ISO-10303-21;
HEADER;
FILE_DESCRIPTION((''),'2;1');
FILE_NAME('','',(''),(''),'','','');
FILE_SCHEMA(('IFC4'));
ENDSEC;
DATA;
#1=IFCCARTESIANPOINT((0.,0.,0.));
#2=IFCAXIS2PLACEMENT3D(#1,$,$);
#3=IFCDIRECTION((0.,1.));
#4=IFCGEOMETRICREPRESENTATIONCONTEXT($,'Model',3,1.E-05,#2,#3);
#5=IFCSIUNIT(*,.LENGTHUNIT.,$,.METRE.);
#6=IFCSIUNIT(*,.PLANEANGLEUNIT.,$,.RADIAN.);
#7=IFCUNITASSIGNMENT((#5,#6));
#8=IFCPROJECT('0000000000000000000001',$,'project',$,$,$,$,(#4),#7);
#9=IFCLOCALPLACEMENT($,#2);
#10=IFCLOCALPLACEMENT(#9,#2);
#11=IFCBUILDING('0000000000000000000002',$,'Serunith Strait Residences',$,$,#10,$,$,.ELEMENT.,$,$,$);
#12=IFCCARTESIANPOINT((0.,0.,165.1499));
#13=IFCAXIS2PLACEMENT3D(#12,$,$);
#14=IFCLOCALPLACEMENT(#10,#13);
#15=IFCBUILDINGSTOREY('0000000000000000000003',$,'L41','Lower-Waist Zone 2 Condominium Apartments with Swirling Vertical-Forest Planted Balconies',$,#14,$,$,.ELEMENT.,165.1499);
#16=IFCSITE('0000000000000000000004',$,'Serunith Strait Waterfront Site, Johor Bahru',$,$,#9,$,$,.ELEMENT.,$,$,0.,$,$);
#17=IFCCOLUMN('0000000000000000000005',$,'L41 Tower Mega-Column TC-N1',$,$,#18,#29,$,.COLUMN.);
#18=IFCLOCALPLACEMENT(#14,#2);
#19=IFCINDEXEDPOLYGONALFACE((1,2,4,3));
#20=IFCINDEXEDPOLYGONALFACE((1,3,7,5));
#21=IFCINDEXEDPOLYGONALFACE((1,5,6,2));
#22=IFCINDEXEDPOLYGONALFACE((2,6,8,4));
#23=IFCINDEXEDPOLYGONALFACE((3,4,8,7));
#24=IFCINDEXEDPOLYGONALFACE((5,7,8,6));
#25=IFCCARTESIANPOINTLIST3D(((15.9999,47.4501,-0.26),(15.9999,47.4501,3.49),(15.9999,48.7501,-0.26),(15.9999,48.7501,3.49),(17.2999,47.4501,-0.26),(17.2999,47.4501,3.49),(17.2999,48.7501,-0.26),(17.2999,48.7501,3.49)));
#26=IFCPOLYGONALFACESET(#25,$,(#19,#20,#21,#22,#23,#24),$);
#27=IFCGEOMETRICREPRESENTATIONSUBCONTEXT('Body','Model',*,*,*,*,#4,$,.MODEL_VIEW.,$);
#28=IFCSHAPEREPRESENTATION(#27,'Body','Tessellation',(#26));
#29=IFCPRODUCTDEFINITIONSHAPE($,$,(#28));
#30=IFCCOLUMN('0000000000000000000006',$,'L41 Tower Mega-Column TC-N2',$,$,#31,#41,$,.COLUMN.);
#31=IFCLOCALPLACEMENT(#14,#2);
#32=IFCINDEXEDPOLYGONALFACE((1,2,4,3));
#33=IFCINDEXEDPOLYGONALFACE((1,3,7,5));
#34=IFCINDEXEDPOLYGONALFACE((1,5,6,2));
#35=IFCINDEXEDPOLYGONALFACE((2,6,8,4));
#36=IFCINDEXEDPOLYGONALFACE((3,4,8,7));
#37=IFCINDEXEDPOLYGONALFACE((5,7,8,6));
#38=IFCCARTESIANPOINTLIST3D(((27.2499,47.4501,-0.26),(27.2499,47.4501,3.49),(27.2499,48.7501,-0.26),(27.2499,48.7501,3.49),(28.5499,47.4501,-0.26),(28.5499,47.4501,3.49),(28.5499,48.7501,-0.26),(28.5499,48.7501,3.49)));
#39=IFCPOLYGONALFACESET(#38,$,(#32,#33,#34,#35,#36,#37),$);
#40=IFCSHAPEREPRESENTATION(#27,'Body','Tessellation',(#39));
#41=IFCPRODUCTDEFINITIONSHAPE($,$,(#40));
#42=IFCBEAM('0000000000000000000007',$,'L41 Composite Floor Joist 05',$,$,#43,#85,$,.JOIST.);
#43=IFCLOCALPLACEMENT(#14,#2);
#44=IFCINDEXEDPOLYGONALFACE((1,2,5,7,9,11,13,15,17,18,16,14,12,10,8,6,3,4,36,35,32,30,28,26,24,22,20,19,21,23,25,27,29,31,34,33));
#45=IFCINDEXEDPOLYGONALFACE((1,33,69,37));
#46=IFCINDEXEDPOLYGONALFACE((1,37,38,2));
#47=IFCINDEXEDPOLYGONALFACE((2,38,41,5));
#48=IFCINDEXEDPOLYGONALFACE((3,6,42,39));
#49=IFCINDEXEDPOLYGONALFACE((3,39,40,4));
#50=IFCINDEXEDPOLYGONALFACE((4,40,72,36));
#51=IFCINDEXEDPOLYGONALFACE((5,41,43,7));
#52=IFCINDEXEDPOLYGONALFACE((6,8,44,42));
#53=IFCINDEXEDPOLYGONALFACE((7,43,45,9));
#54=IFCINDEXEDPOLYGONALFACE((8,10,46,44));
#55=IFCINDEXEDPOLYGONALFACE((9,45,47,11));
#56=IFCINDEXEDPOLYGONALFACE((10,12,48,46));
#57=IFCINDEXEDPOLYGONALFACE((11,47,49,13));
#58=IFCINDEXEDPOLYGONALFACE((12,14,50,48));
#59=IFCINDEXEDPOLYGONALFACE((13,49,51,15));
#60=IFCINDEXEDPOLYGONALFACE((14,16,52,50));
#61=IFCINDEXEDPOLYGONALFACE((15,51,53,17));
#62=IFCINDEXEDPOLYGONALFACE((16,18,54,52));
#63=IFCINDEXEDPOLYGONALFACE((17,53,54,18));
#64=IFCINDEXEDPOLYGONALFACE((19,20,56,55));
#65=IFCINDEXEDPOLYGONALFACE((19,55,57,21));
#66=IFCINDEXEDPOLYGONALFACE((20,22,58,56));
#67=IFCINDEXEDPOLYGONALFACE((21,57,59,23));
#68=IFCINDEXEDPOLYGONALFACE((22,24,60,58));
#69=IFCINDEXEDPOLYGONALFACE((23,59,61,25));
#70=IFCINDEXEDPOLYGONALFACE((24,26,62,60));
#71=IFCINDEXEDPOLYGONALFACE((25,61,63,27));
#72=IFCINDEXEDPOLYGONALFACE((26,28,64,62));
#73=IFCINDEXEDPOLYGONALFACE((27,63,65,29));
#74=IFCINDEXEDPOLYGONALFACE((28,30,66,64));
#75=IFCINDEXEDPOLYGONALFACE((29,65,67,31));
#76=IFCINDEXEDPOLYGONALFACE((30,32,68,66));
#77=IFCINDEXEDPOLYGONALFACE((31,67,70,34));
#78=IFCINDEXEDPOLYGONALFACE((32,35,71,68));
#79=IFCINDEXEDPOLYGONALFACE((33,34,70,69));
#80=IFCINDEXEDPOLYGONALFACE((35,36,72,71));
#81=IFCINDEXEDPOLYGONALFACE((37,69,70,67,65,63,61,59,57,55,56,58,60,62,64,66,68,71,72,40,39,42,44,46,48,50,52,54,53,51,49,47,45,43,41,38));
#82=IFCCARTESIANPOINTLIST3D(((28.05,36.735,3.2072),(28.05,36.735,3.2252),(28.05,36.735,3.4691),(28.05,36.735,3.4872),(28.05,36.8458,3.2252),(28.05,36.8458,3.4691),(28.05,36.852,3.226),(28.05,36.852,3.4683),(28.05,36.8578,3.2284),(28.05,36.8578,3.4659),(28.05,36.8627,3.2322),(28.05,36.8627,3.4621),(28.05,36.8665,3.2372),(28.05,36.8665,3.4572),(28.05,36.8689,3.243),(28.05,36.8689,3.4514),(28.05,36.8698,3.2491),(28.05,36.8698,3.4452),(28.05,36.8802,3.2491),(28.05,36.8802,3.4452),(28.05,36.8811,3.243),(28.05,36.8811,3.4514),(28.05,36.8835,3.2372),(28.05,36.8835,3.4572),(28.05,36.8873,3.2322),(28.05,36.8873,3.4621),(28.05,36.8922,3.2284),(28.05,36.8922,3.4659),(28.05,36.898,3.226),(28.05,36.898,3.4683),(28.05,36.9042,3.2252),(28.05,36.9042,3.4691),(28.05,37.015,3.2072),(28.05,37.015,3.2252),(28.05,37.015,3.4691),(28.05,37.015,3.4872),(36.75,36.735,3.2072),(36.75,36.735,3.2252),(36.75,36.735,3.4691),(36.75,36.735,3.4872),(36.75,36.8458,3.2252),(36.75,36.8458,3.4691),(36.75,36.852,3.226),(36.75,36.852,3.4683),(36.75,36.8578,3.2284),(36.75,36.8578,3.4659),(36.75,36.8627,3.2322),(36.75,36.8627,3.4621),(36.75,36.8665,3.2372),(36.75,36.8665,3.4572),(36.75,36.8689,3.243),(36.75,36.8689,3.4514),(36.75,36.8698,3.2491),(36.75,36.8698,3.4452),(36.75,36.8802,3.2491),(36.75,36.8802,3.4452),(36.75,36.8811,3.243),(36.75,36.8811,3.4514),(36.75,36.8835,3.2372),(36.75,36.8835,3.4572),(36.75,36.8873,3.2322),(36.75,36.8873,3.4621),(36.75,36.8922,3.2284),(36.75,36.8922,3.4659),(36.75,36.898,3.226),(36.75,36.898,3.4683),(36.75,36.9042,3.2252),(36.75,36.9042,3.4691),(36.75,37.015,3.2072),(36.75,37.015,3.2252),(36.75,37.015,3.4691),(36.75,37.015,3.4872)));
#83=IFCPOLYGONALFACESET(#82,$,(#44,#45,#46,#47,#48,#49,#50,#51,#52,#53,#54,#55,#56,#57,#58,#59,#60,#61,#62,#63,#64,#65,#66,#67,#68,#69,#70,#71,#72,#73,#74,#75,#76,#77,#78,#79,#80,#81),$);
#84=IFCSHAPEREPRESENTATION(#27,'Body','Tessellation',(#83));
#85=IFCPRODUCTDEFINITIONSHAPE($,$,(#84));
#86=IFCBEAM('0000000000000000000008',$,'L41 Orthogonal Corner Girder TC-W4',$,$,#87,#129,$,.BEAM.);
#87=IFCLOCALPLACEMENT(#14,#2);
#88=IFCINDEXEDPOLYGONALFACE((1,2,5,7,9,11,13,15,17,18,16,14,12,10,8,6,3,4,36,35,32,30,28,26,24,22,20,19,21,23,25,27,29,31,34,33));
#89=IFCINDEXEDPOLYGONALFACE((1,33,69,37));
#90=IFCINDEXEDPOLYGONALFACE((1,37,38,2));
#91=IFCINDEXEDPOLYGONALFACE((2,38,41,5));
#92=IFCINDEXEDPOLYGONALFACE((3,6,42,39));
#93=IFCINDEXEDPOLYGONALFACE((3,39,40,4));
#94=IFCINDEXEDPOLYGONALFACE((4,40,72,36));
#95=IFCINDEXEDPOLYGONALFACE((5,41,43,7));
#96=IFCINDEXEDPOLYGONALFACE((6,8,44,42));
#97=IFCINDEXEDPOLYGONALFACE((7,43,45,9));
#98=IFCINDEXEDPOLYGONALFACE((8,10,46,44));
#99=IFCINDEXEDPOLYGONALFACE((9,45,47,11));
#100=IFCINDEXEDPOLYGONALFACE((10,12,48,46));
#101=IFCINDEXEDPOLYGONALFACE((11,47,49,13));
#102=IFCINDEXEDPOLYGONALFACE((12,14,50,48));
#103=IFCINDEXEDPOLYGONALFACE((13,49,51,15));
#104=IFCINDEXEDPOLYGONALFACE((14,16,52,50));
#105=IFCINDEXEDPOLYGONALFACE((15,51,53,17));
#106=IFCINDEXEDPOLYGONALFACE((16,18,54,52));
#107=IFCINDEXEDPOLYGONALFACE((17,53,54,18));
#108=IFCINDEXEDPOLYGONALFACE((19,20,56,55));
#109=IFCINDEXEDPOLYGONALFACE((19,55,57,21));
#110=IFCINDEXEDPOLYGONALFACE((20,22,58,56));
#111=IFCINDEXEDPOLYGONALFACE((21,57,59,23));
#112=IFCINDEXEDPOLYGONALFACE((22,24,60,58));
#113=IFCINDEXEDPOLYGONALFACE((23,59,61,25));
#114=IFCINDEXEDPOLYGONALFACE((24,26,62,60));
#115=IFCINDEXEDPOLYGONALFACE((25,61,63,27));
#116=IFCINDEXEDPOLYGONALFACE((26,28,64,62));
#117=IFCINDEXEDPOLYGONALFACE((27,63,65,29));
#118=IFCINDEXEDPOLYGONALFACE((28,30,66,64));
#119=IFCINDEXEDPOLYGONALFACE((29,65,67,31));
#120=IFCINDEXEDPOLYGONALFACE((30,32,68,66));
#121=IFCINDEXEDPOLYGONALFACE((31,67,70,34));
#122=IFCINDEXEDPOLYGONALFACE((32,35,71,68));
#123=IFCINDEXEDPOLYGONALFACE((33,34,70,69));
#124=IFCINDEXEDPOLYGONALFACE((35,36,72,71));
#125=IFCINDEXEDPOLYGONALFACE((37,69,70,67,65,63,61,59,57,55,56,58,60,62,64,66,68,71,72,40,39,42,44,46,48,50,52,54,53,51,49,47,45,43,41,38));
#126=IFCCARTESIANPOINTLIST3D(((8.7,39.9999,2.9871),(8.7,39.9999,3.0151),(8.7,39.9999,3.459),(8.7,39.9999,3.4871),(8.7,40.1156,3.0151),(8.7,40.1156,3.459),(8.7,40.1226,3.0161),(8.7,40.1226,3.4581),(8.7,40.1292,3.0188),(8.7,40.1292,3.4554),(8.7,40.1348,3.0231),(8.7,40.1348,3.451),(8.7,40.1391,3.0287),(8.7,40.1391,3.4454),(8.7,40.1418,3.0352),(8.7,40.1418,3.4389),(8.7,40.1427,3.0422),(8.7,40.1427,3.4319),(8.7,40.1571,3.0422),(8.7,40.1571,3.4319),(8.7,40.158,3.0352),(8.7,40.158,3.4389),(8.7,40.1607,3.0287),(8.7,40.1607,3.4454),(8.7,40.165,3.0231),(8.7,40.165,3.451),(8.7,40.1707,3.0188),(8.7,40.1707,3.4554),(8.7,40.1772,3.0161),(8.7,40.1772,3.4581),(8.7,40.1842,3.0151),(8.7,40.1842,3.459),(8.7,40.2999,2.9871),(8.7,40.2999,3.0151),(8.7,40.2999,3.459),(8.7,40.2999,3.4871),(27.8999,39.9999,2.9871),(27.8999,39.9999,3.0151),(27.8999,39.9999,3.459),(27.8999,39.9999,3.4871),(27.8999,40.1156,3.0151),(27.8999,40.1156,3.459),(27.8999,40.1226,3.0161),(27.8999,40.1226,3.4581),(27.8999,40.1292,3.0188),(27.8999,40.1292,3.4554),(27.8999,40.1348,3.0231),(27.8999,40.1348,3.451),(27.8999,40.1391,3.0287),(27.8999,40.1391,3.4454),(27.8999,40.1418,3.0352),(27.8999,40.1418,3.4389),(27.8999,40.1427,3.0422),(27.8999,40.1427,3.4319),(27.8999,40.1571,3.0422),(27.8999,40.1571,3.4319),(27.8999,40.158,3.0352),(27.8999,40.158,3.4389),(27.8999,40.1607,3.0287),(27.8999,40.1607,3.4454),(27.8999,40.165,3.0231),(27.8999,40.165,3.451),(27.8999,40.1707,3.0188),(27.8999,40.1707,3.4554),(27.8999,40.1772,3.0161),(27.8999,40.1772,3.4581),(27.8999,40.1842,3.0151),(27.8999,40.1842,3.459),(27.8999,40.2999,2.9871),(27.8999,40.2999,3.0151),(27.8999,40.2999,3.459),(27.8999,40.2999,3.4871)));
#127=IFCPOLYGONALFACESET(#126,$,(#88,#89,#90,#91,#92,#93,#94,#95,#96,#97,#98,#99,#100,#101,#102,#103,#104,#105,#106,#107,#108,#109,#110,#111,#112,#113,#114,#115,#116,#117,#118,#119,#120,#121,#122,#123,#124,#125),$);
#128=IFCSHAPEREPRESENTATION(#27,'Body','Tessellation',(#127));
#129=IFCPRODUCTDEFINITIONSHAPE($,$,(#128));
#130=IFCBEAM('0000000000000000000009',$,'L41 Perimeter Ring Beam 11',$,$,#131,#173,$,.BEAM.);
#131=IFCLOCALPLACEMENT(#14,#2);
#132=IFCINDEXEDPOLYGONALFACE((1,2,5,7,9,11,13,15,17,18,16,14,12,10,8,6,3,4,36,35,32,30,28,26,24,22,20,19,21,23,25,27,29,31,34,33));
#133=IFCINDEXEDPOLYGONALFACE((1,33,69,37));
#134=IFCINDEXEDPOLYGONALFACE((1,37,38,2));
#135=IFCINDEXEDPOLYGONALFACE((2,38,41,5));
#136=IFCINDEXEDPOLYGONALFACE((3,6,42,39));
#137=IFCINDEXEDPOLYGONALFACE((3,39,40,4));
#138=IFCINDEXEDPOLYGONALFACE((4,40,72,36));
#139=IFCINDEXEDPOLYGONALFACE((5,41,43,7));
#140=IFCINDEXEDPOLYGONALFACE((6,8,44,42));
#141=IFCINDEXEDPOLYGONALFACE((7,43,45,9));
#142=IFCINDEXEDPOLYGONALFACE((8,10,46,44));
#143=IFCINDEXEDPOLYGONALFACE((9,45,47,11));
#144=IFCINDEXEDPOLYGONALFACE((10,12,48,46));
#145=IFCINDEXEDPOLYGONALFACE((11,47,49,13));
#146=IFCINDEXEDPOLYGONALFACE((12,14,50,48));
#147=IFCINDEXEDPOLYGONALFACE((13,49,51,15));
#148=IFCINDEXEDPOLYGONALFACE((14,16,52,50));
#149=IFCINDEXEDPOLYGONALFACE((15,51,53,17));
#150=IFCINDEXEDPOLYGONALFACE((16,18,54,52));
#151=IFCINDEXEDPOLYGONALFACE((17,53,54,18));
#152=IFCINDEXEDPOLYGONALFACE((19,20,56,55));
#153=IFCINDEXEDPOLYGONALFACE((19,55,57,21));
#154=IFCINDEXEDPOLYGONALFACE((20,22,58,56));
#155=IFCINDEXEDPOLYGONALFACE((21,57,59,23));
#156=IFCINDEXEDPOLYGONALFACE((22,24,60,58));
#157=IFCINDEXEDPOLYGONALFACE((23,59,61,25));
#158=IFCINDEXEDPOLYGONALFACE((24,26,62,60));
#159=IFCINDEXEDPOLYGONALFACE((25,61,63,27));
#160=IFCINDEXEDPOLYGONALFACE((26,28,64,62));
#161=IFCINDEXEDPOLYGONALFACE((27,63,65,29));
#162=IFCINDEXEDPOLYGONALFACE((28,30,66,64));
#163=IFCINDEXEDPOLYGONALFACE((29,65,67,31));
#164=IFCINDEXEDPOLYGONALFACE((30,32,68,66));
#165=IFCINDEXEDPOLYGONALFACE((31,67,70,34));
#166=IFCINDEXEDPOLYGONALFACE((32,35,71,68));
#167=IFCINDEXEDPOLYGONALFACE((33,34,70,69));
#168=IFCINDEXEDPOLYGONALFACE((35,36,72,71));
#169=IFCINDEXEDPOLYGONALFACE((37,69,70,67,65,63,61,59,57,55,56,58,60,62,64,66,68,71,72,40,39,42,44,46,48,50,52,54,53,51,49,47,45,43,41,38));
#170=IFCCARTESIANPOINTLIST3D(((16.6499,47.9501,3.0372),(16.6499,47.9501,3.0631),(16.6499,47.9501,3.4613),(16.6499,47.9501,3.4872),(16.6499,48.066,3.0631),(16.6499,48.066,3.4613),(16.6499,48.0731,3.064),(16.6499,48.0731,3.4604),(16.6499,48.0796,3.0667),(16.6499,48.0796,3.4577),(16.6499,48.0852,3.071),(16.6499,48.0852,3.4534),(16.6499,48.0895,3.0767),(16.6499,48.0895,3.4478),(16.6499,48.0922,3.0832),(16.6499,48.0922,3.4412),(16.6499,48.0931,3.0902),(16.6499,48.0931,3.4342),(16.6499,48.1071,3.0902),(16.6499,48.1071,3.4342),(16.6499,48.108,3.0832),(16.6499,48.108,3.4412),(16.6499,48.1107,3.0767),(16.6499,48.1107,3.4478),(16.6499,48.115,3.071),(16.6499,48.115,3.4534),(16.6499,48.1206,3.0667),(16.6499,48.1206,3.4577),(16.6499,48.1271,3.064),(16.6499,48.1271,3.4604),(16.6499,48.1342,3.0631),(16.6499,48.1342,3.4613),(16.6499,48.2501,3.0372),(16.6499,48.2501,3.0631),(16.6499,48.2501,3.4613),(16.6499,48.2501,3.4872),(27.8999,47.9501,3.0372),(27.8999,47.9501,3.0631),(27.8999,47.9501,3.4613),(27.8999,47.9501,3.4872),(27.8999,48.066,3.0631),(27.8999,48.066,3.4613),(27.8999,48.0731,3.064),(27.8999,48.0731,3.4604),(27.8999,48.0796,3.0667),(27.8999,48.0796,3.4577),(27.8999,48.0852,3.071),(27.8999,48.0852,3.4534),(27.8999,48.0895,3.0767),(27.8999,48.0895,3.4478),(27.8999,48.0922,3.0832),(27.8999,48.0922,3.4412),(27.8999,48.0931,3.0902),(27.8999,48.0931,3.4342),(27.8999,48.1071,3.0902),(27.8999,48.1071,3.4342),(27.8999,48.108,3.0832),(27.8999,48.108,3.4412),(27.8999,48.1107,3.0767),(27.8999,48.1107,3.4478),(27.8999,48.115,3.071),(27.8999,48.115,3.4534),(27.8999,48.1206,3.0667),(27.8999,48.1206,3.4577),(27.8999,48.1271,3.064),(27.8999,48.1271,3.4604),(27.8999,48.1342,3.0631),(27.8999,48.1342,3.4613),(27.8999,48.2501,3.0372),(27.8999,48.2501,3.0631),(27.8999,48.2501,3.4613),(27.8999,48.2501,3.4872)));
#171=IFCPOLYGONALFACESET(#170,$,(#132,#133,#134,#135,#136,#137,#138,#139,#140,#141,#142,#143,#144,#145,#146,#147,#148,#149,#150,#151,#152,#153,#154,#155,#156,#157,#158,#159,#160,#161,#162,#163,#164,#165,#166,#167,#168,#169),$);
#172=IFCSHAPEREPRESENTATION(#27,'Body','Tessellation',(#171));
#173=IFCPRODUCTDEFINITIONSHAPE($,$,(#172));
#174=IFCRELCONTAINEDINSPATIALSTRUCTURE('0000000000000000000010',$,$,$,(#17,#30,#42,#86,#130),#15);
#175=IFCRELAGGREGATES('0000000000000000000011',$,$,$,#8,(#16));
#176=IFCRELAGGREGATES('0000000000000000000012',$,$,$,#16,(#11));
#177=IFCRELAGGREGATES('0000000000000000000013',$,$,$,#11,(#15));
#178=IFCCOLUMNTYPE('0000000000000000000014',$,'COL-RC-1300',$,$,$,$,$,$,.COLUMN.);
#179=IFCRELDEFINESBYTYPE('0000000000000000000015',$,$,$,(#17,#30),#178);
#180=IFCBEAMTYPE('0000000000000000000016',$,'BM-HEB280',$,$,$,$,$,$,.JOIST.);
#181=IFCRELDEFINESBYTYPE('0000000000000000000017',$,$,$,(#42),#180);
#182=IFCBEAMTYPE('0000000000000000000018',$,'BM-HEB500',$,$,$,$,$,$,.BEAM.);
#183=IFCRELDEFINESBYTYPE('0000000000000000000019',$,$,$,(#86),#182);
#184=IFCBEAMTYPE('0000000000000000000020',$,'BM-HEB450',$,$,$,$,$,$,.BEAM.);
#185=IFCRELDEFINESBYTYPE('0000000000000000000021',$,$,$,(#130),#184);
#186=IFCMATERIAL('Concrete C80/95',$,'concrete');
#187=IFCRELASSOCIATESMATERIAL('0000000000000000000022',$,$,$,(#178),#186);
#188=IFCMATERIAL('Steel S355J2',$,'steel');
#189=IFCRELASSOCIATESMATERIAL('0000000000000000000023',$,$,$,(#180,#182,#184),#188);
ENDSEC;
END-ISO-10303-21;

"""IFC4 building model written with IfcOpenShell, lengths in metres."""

from ifc_helpers import new_model, si_unit, direction, frame, origin, origin_2d, place, context, subcontext, project, spatial, rectangle, i_section, extrude, source, transform, mapped, material, material_profile, profile_set, type_object, element, save


model = new_model("IFC4")

# Units and contexts
model_context = context("Model", 3, precision=1e-05, world=origin(), true_north=direction((0.0, 1.0)))
body_context = subcontext(model_context, "Body", "Model", "MODEL_VIEW")
ifc_project = project(units=[si_unit("LENGTHUNIT", "METRE"), si_unit("PLANEANGLEUNIT", "RADIAN")], contexts=[model_context])

# Site, building, storey
site_placement = place(None, origin())
site = spatial("IfcSite", under=ifc_project, at=site_placement, Name="Serunith Strait Waterfront Site, Johor Bahru", CompositionType="ELEMENT", RefElevation=0.0)
building_placement = place(site_placement, origin())
building = spatial("IfcBuilding", under=site, at=building_placement, Name="Serunith Strait Residences", CompositionType="ELEMENT")
storey_placement = place(building_placement, frame((0.0, 0.0, 165.1499)))
storey = spatial("IfcBuildingStorey", under=building, at=storey_placement, Name="L41", Description="Lower-Waist Zone 2 Condominium Apartments with Swirling Vertical-Forest Planted Balconies", CompositionType="ELEMENT", Elevation=165.1499)

# Columns
ifc_material_1 = material(Name="Concrete C80/95", Category="concrete")
ifc_material_profile_1 = material_profile(ifc_material_1, rectangle(XDim=1.3, YDim=1.3, at=origin_2d()), Name="RC 1300x1300")
ifc_profile_set_1 = profile_set([ifc_material_profile_1], Name="Concrete C80/95")
column_type = type_object("IfcColumnType", Name="COL-RC-1300", PredefinedType="COLUMN", material=ifc_profile_set_1)
shared_shape_1 = source(origin(), body_context, "Body", "SweptSolid", [
    extrude(rectangle(XDim=1.3, YDim=1.3, at=origin_2d()), origin(), (0.0, 0.0, 1.0), 3.75),
])
for number, where, z_axis, x_axis, name in (
    (1, (16.6499, 48.1001, -0.26), (0.0, 0.0, 1.0), (1.0, 0.0, 0.0), "L41 Tower Mega-Column TC-N1"),
    (2, (27.8999, 48.1001, -0.26), (0.0, 0.0, 1.0), (1.0, 0.0, 0.0), "L41 Tower Mega-Column TC-N2"),
):
    element("IfcColumn", number, at=place(storey_placement, frame(where, z_axis=z_axis, x_axis=x_axis)), inside=storey, type_object=column_type, Name=name, PredefinedType="COLUMN", context=body_context, shape_type="MappedRepresentation", body=[
        mapped(shared_shape_1, transform((0.0, 0.0, 0.0), scale=1.0)),
    ])

# Beams
ifc_material_2 = material(Name="Steel S355J2", Category="steel")
ifc_material_profile_2 = material_profile(ifc_material_2, i_section(OverallWidth=0.28, OverallDepth=0.28, WebThickness=0.0105, FlangeThickness=0.0181, FilletRadius=0.0239, at=origin_2d()), Name="HEB 280")
ifc_profile_set_2 = profile_set([ifc_material_profile_2], Name="Steel S355J2")
beam_type_1 = type_object("IfcBeamType", Name="BM-HEB280", PredefinedType="JOIST", material=ifc_profile_set_2)
shared_shape_2 = source(origin(), body_context, "Body", "SweptSolid", [
    extrude(i_section(OverallWidth=0.28, OverallDepth=0.28, WebThickness=0.0105, FlangeThickness=0.0181, FilletRadius=0.0239, at=origin_2d()), origin(), (0.0, 0.0, 1.0), 8.7),
])
beam_1_placement = place(storey_placement, frame((28.05, 36.875, 3.3472), z_axis=(1.0, 0.0, 0.0), x_axis=(0.0, 1.0, 0.0)))
element("IfcBeam", 3, at=beam_1_placement, inside=storey, type_object=beam_type_1, Name="L41 Composite Floor Joist 05", PredefinedType="JOIST", context=body_context, shape_type="MappedRepresentation", body=[
    mapped(shared_shape_2, transform((0.0, 0.0, 0.0), scale=1.0)),
])
ifc_material_profile_3 = material_profile(ifc_material_2, i_section(OverallWidth=0.3, OverallDepth=0.5, WebThickness=0.0144, FlangeThickness=0.0281, FilletRadius=0.0271, at=origin_2d()), Name="HEB 500")
ifc_profile_set_3 = profile_set([ifc_material_profile_3], Name="Steel S355J2")
beam_type_2 = type_object("IfcBeamType", Name="BM-HEB500", PredefinedType="BEAM", material=ifc_profile_set_3)
shared_shape_3 = source(origin(), body_context, "Body", "SweptSolid", [
    extrude(i_section(OverallWidth=0.3, OverallDepth=0.5, WebThickness=0.0144, FlangeThickness=0.0281, FilletRadius=0.0271, at=origin_2d()), origin(), (0.0, 0.0, 1.0), 19.2),
])
beam_2_placement = place(storey_placement, frame((27.8999, 40.1499, 3.2371), z_axis=(-1.0, 0.0, 0.0), x_axis=(0.0, -1.0, 0.0)))
element("IfcBeam", 4, at=beam_2_placement, inside=storey, type_object=beam_type_2, Name="L41 Orthogonal Corner Girder TC-W4", PredefinedType="BEAM", context=body_context, shape_type="MappedRepresentation", body=[
    mapped(shared_shape_3, transform((0.0, 0.0, 0.0), scale=1.0)),
])
ifc_material_profile_4 = material_profile(ifc_material_2, i_section(OverallWidth=0.3, OverallDepth=0.45, WebThickness=0.0139, FlangeThickness=0.0259, FilletRadius=0.0271, at=origin_2d()), Name="HEB 450")
ifc_profile_set_4 = profile_set([ifc_material_profile_4], Name="Steel S355J2")
beam_type_3 = type_object("IfcBeamType", Name="BM-HEB450", PredefinedType="BEAM", material=ifc_profile_set_4)
shared_shape_4 = source(origin(), body_context, "Body", "SweptSolid", [
    extrude(i_section(OverallWidth=0.3, OverallDepth=0.45, WebThickness=0.0139, FlangeThickness=0.0259, FilletRadius=0.0271, at=origin_2d()), origin(), (0.0, 0.0, 1.0), 11.25),
])
beam_3_placement = place(storey_placement, frame((27.8999, 48.1001, 3.2622), z_axis=(-1.0, 0.0, 0.0), x_axis=(0.0, -1.0, 0.0)))
element("IfcBeam", 5, at=beam_3_placement, inside=storey, type_object=beam_type_3, Name="L41 Perimeter Ring Beam 11", PredefinedType="BEAM", context=body_context, shape_type="MappedRepresentation", body=[
    mapped(shared_shape_4, transform((0.0, 0.0, 0.0), scale=1.0)),
])

save(model, "model.ifc")
